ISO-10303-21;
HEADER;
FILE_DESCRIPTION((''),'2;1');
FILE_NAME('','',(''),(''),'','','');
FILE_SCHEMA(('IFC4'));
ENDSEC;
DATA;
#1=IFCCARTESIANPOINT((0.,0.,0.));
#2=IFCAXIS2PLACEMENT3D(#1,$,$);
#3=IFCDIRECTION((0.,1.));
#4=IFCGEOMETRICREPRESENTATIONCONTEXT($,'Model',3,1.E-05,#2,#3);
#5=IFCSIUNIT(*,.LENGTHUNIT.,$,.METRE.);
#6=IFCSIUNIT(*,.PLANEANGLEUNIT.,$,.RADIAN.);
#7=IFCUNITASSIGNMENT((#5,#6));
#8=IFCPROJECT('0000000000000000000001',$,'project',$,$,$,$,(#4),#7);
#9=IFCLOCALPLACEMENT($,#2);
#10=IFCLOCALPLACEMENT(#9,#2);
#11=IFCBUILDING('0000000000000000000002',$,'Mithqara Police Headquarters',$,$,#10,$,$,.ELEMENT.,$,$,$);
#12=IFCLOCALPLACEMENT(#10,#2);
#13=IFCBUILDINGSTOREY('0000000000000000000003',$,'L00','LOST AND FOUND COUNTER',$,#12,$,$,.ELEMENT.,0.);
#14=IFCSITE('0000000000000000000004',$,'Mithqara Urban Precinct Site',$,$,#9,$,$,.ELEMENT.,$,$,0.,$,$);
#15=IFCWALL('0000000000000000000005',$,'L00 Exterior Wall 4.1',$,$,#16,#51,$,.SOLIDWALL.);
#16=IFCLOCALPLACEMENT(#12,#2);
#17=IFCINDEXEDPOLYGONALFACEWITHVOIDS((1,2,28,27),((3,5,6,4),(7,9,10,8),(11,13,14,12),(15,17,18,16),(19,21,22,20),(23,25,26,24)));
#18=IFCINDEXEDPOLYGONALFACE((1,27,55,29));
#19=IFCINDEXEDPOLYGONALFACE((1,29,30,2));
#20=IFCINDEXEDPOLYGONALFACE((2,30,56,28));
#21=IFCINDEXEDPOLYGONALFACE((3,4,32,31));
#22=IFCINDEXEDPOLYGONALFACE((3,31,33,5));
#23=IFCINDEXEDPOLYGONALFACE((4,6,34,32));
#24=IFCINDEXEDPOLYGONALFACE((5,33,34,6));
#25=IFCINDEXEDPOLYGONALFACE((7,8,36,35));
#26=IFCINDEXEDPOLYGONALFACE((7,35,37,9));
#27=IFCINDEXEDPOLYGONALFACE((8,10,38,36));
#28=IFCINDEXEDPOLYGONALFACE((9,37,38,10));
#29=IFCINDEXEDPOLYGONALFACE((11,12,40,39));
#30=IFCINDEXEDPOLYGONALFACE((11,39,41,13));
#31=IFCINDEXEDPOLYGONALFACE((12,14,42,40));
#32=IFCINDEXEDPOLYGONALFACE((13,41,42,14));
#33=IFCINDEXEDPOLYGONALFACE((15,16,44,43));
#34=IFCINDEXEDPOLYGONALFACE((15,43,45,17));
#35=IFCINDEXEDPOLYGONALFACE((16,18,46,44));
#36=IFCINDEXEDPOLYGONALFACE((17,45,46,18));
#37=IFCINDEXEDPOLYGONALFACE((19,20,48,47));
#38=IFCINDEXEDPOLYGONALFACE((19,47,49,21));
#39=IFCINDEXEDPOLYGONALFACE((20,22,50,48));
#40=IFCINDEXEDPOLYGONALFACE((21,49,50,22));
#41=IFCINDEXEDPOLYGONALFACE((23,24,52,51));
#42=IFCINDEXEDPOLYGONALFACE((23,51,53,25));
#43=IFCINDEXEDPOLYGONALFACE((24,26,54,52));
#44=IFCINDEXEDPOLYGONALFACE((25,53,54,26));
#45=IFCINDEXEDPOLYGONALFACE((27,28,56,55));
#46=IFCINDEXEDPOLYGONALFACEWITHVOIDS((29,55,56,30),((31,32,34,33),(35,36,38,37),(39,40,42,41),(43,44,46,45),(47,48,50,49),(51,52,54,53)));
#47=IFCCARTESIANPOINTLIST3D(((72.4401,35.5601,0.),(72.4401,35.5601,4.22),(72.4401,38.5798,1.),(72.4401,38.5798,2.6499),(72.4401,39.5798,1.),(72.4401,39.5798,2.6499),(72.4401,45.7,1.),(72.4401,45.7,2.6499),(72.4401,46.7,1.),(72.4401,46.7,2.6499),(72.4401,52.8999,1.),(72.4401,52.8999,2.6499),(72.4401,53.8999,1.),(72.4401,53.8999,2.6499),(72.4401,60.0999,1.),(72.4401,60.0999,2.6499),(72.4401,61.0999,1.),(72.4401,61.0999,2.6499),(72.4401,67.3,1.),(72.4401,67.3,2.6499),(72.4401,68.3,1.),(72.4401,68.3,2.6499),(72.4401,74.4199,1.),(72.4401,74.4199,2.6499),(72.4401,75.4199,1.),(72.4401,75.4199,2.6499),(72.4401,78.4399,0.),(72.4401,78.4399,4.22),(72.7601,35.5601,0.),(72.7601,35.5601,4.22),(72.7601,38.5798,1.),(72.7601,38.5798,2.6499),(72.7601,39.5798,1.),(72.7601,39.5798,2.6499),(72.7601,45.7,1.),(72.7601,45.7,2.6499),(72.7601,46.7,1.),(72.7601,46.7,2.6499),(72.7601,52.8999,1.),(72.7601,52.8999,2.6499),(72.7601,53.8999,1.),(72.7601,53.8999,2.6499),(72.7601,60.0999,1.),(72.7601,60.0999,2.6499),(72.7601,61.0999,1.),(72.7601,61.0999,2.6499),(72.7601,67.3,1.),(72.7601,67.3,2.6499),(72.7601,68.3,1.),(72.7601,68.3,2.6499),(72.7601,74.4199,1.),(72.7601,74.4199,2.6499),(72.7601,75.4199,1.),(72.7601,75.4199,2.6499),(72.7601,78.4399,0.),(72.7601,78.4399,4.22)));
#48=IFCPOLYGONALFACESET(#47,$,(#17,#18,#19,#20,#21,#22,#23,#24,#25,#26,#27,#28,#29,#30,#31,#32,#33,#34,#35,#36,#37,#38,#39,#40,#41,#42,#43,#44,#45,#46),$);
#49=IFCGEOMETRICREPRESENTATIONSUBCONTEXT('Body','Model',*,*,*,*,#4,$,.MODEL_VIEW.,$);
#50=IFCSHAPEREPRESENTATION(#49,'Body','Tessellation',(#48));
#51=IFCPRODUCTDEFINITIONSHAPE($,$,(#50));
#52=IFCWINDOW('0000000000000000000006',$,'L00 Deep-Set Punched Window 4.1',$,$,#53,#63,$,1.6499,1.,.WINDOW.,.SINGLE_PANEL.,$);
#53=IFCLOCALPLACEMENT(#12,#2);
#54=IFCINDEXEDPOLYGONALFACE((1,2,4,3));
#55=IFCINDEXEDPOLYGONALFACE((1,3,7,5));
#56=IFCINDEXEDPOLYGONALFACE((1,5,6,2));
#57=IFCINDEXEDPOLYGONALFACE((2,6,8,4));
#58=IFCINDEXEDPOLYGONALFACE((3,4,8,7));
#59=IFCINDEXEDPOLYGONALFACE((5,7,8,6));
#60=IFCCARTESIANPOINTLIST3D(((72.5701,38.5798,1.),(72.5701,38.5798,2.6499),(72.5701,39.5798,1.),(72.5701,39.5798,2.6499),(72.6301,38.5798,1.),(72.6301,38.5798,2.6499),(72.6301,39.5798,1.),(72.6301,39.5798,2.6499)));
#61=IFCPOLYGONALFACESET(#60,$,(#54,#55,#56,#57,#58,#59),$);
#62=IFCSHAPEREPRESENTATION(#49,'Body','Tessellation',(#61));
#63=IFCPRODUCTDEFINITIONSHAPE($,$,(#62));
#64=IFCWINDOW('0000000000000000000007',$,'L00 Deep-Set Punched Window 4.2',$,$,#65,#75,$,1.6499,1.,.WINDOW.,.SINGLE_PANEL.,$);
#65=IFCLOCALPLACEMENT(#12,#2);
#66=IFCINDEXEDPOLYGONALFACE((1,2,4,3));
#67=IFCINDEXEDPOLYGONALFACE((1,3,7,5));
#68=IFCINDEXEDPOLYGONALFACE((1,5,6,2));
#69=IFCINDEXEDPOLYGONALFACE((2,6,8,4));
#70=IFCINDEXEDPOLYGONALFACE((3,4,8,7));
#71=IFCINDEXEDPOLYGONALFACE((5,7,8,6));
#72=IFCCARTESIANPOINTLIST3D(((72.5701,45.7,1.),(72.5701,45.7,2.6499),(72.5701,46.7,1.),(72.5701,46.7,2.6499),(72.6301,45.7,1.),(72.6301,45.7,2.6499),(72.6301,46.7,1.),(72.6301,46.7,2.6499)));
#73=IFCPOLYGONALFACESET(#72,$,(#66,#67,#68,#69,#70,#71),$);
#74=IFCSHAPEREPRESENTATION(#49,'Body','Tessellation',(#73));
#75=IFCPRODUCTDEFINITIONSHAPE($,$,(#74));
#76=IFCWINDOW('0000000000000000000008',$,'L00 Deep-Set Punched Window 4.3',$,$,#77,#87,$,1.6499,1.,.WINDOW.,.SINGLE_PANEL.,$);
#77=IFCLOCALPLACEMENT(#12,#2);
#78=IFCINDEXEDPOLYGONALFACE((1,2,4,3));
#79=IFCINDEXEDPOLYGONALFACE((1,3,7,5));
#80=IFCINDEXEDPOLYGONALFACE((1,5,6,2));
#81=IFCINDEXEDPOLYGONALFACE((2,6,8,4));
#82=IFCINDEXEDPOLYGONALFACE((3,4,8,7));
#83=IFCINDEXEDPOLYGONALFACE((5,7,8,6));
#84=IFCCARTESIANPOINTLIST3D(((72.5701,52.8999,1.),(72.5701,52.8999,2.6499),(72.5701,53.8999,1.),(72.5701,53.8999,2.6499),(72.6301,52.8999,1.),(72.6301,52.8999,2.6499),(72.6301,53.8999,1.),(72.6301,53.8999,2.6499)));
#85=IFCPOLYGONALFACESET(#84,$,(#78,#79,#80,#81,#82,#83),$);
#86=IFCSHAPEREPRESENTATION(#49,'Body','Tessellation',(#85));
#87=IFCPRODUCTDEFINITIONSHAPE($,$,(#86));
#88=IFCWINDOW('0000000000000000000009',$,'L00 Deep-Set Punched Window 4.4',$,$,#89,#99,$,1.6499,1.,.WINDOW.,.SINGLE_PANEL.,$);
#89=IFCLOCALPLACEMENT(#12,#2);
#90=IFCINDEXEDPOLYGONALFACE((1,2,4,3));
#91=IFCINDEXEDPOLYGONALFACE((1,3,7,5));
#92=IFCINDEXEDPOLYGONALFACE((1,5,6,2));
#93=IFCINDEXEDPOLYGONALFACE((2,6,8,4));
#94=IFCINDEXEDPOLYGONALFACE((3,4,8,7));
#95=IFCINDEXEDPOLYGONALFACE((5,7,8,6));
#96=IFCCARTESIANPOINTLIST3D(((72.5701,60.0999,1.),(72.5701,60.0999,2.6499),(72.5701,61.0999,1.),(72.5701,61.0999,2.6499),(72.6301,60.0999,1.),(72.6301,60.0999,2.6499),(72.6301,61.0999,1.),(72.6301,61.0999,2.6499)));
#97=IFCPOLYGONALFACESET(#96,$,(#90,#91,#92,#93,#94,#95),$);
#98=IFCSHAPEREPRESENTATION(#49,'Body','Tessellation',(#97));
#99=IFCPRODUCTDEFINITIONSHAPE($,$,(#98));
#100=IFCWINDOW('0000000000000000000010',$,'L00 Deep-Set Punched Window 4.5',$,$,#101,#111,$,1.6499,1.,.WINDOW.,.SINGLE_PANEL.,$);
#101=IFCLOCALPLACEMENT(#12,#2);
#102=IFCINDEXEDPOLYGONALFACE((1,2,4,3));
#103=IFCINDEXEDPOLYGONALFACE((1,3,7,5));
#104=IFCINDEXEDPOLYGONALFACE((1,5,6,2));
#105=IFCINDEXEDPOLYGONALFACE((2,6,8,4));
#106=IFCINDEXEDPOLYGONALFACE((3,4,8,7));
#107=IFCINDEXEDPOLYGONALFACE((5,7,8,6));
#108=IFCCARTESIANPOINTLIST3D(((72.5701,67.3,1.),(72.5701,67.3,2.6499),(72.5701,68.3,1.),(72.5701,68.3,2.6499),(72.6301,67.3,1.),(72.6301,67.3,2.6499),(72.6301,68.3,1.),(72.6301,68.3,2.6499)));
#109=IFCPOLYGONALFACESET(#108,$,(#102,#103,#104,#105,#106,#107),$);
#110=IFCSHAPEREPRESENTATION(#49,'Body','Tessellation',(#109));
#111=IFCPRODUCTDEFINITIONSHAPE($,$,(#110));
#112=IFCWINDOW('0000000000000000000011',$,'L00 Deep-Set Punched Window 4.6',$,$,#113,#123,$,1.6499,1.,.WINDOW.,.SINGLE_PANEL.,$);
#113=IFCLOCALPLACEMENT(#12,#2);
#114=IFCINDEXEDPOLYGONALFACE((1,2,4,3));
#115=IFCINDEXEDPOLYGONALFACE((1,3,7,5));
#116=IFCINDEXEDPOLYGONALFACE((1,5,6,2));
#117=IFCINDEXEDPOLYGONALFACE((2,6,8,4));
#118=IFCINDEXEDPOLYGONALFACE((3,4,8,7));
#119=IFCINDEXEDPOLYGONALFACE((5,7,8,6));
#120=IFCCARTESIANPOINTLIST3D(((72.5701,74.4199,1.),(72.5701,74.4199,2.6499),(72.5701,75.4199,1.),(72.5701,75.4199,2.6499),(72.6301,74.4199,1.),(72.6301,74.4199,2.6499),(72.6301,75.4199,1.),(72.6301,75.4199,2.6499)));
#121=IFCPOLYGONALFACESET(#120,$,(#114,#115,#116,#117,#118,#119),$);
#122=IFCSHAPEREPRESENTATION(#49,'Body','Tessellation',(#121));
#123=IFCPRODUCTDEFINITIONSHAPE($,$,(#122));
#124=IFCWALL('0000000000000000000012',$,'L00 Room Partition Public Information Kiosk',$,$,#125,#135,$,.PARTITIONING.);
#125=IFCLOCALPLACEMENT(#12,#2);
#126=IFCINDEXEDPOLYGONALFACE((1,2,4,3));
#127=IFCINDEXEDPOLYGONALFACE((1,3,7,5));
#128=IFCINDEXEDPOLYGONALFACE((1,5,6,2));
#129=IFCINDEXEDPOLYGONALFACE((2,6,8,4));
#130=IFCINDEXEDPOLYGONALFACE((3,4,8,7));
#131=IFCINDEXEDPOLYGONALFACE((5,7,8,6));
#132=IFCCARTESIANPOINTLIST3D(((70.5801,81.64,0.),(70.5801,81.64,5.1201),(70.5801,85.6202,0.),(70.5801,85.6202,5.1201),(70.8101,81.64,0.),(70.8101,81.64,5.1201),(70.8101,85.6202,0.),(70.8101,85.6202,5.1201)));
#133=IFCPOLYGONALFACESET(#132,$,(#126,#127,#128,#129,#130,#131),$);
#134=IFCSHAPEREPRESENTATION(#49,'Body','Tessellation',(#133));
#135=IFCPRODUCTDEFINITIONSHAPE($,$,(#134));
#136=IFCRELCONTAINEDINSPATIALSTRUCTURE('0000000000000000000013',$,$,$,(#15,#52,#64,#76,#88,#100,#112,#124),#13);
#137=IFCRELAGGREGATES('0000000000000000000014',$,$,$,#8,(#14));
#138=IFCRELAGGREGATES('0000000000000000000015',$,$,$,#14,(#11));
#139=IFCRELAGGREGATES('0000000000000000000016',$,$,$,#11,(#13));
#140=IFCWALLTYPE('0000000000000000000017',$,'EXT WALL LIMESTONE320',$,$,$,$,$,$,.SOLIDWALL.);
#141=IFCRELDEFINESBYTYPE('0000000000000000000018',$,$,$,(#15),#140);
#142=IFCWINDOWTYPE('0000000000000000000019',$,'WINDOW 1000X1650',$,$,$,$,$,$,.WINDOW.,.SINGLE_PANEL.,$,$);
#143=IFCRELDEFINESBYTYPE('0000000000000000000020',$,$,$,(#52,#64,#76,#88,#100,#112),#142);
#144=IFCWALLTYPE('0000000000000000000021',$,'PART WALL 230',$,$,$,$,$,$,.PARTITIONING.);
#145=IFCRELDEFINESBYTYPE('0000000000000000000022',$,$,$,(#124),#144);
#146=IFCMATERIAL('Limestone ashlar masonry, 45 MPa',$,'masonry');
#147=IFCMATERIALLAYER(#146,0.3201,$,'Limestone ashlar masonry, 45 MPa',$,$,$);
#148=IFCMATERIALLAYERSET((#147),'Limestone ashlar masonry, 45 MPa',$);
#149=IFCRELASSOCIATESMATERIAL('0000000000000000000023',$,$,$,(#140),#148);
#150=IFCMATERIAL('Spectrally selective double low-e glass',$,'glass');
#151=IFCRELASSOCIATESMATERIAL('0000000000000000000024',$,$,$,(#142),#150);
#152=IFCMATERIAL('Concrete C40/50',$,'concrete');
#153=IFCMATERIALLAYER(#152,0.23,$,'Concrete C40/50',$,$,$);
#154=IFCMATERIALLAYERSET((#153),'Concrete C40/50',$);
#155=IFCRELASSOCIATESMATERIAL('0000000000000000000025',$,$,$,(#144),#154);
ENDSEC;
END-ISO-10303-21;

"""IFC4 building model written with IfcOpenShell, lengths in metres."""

from ifc_helpers import new_model, si_unit, direction, frame, frame_2d, origin, place, context, subcontext, project, spatial, rectangle, extrude, material, layer, layer_set, type_object, element, fill, save


model = new_model("IFC4")

# Units and contexts
model_context = context("Model", 3, precision=1e-05, world=origin(), true_north=direction((0.0, 1.0)))
body_context = subcontext(model_context, "Body", "Model", "MODEL_VIEW")
ifc_project = project(units=[si_unit("LENGTHUNIT", "METRE"), si_unit("PLANEANGLEUNIT", "RADIAN")], contexts=[model_context])

# Site, building, storey
site_placement = place(None, origin())
site = spatial("IfcSite", under=ifc_project, at=site_placement, Name="Mithqara Urban Precinct Site", CompositionType="ELEMENT", RefElevation=0.0)
building_placement = place(site_placement, origin())
building = spatial("IfcBuilding", under=site, at=building_placement, Name="Mithqara Police Headquarters", CompositionType="ELEMENT")
storey_placement = place(building_placement, origin())
storey = spatial("IfcBuildingStorey", under=building, at=storey_placement, Name="L00", Description="LOST AND FOUND COUNTER", CompositionType="ELEMENT", Elevation=0.0)

# Shared definitions
ifc_material_1 = material(Name="Concrete C40/50", Category="concrete")

# Wall, openings, windows
ifc_material_2 = material(Name="Limestone ashlar masonry, 45 MPa", Category="masonry")
ifc_layer_1 = layer(ifc_material_2, 0.3201, Name="Limestone ashlar masonry, 45 MPa")
ifc_layer_set_1 = layer_set([ifc_layer_1], Name="Limestone ashlar masonry, 45 MPa")
wall_type_1 = type_object("IfcWallType", Name="EXT WALL LIMESTONE320", PredefinedType="SOLIDWALL", material=ifc_layer_set_1)
wall_1_placement = place(storey_placement, frame((72.6001, 78.4399, 0.0), z_axis=(0.0, 0.0, 1.0), x_axis=(0.0, -1.0, 0.0)))
wall_1 = element("IfcWall", 1, at=wall_1_placement, inside=storey, type_object=wall_type_1, Name="L00 Exterior Wall 4.1", PredefinedType="SOLIDWALL", context=body_context, shape_type="SweptSolid", body=[
    extrude(rectangle(XDim=42.8799, YDim=0.3201, at=frame_2d((21.4399, 0.0))), origin(), (0.0, 0.0, 1.0), 4.22),
])
opening_1_placement = place(wall_1_placement, frame((38.8601, 0.0, 1.0)))
opening_1 = element("IfcOpeningElement", 2, at=opening_1_placement, cuts=wall_1, PredefinedType="OPENING", context=body_context, shape_type="SweptSolid", body=[
    extrude(rectangle(XDim=1.0, YDim=1.6499, at=frame_2d((0.5, 0.825))), frame((0.0, 0.1699, 0.0), z_axis=(0.0, -1.0, 0.0), x_axis=(1.0, 0.0, 0.0)), (0.0, 0.0, 1.0), 0.3401),
])
opening_2_placement = place(wall_1_placement, frame((31.74, 0.0, 1.0)))
opening_2 = element("IfcOpeningElement", 3, at=opening_2_placement, cuts=wall_1, PredefinedType="OPENING", context=body_context, shape_type="SweptSolid", body=[
    extrude(rectangle(XDim=1.0, YDim=1.6499, at=frame_2d((0.5, 0.825))), frame((0.0, 0.1699, 0.0), z_axis=(0.0, -1.0, 0.0), x_axis=(1.0, 0.0, 0.0)), (0.0, 0.0, 1.0), 0.3401),
])
opening_3_placement = place(wall_1_placement, frame((24.54, 0.0, 1.0)))
opening_3 = element("IfcOpeningElement", 4, at=opening_3_placement, cuts=wall_1, PredefinedType="OPENING", context=body_context, shape_type="SweptSolid", body=[
    extrude(rectangle(XDim=1.0, YDim=1.6499, at=frame_2d((0.5, 0.825))), frame((0.0, 0.1699, 0.0), z_axis=(0.0, -1.0, 0.0), x_axis=(1.0, 0.0, 0.0)), (0.0, 0.0, 1.0), 0.3401),
])
opening_4_placement = place(wall_1_placement, frame((17.3401, 0.0, 1.0)))
opening_4 = element("IfcOpeningElement", 5, at=opening_4_placement, cuts=wall_1, PredefinedType="OPENING", context=body_context, shape_type="SweptSolid", body=[
    extrude(rectangle(XDim=1.0, YDim=1.6499, at=frame_2d((0.5, 0.825))), frame((0.0, 0.1699, 0.0), z_axis=(0.0, -1.0, 0.0), x_axis=(1.0, 0.0, 0.0)), (0.0, 0.0, 1.0), 0.3401),
])
opening_5_placement = place(wall_1_placement, frame((10.1399, 0.0, 1.0)))
opening_5 = element("IfcOpeningElement", 6, at=opening_5_placement, cuts=wall_1, PredefinedType="OPENING", context=body_context, shape_type="SweptSolid", body=[
    extrude(rectangle(XDim=1.0, YDim=1.6499, at=frame_2d((0.5, 0.825))), frame((0.0, 0.1699, 0.0), z_axis=(0.0, -1.0, 0.0), x_axis=(1.0, 0.0, 0.0)), (0.0, 0.0, 1.0), 0.3401),
])
opening_6_placement = place(wall_1_placement, frame((3.02, 0.0, 1.0)))
opening_6 = element("IfcOpeningElement", 7, at=opening_6_placement, cuts=wall_1, PredefinedType="OPENING", context=body_context, shape_type="SweptSolid", body=[
    extrude(rectangle(XDim=1.0, YDim=1.6499, at=frame_2d((0.5, 0.825))), frame((0.0, 0.1699, 0.0), z_axis=(0.0, -1.0, 0.0), x_axis=(1.0, 0.0, 0.0)), (0.0, 0.0, 1.0), 0.3401),
])
ifc_material_3 = material(Name="Spectrally selective double low-e glass", Category="glass")
window_type = type_object("IfcWindowType", Name="WINDOW 1000X1650", PartitioningType="SINGLE_PANEL", PredefinedType="WINDOW", material=ifc_material_3)
window_1_placement = place(opening_1_placement, origin())
window_1 = element("IfcWindow", 8, at=window_1_placement, inside=storey, type_object=window_type, Name="L00 Deep-Set Punched Window 4.1", OverallHeight=1.6499, OverallWidth=1.0, PartitioningType="SINGLE_PANEL", PredefinedType="WINDOW", context=body_context, shape_type="SweptSolid", body=[
    extrude(rectangle(XDim=1.0, YDim=1.6499, at=frame_2d((0.5, 0.825))), frame((0.0, 0.03, 0.0), z_axis=(0.0, -1.0, 0.0), x_axis=(1.0, 0.0, 0.0)), (0.0, 0.0, 1.0), 0.0601),
])
fill(opening_1, window_1)
window_2_placement = place(opening_2_placement, origin())
window_2 = element("IfcWindow", 9, at=window_2_placement, inside=storey, type_object=window_type, Name="L00 Deep-Set Punched Window 4.2", OverallHeight=1.6499, OverallWidth=1.0, PartitioningType="SINGLE_PANEL", PredefinedType="WINDOW", context=body_context, shape_type="SweptSolid", body=[
    extrude(rectangle(XDim=1.0, YDim=1.6499, at=frame_2d((0.5, 0.825))), frame((0.0, 0.03, 0.0), z_axis=(0.0, -1.0, 0.0), x_axis=(1.0, 0.0, 0.0)), (0.0, 0.0, 1.0), 0.0601),
])
fill(opening_2, window_2)
window_3_placement = place(opening_3_placement, origin())
window_3 = element("IfcWindow", 10, at=window_3_placement, inside=storey, type_object=window_type, Name="L00 Deep-Set Punched Window 4.3", OverallHeight=1.6499, OverallWidth=1.0, PartitioningType="SINGLE_PANEL", PredefinedType="WINDOW", context=body_context, shape_type="SweptSolid", body=[
    extrude(rectangle(XDim=1.0, YDim=1.6499, at=frame_2d((0.5, 0.825))), frame((0.0, 0.03, 0.0), z_axis=(0.0, -1.0, 0.0), x_axis=(1.0, 0.0, 0.0)), (0.0, 0.0, 1.0), 0.0601),
])
fill(opening_3, window_3)
window_4_placement = place(opening_4_placement, origin())
window_4 = element("IfcWindow", 11, at=window_4_placement, inside=storey, type_object=window_type, Name="L00 Deep-Set Punched Window 4.4", OverallHeight=1.6499, OverallWidth=1.0, PartitioningType="SINGLE_PANEL", PredefinedType="WINDOW", context=body_context, shape_type="SweptSolid", body=[
    extrude(rectangle(XDim=1.0, YDim=1.6499, at=frame_2d((0.5, 0.825))), frame((0.0, 0.03, 0.0), z_axis=(0.0, -1.0, 0.0), x_axis=(1.0, 0.0, 0.0)), (0.0, 0.0, 1.0), 0.0601),
])
fill(opening_4, window_4)
window_5_placement = place(opening_5_placement, origin())
window_5 = element("IfcWindow", 12, at=window_5_placement, inside=storey, type_object=window_type, Name="L00 Deep-Set Punched Window 4.5", OverallHeight=1.6499, OverallWidth=1.0, PartitioningType="SINGLE_PANEL", PredefinedType="WINDOW", context=body_context, shape_type="SweptSolid", body=[
    extrude(rectangle(XDim=1.0, YDim=1.6499, at=frame_2d((0.5, 0.825))), frame((0.0, 0.03, 0.0), z_axis=(0.0, -1.0, 0.0), x_axis=(1.0, 0.0, 0.0)), (0.0, 0.0, 1.0), 0.0601),
])
fill(opening_5, window_5)
window_6_placement = place(opening_6_placement, origin())
window_6 = element("IfcWindow", 13, at=window_6_placement, inside=storey, type_object=window_type, Name="L00 Deep-Set Punched Window 4.6", OverallHeight=1.6499, OverallWidth=1.0, PartitioningType="SINGLE_PANEL", PredefinedType="WINDOW", context=body_context, shape_type="SweptSolid", body=[
    extrude(rectangle(XDim=1.0, YDim=1.6499, at=frame_2d((0.5, 0.825))), frame((0.0, 0.03, 0.0), z_axis=(0.0, -1.0, 0.0), x_axis=(1.0, 0.0, 0.0)), (0.0, 0.0, 1.0), 0.0601),
])
fill(opening_6, window_6)

# Wall
ifc_layer_2 = layer(ifc_material_1, 0.23, Name="Concrete C40/50")
ifc_layer_set_2 = layer_set([ifc_layer_2], Name="Concrete C40/50")
wall_type_2 = type_object("IfcWallType", Name="PART WALL 230", PredefinedType="PARTITIONING", material=ifc_layer_set_2)
wall_2_placement = place(storey_placement, frame((70.6951, 81.6399, 0.0), z_axis=(0.0, 0.0, 1.0), x_axis=(0.0, 1.0, 0.0)))
element("IfcWall", 14, at=wall_2_placement, inside=storey, type_object=wall_type_2, Name="L00 Room Partition Public Information Kiosk", PredefinedType="PARTITIONING", context=body_context, shape_type="SweptSolid", body=[
    extrude(rectangle(XDim=3.9802, YDim=0.23, at=frame_2d((1.9902, 0.0))), origin(), (0.0, 0.0, 1.0), 5.1201),
])

save(model, "model.ifc")
